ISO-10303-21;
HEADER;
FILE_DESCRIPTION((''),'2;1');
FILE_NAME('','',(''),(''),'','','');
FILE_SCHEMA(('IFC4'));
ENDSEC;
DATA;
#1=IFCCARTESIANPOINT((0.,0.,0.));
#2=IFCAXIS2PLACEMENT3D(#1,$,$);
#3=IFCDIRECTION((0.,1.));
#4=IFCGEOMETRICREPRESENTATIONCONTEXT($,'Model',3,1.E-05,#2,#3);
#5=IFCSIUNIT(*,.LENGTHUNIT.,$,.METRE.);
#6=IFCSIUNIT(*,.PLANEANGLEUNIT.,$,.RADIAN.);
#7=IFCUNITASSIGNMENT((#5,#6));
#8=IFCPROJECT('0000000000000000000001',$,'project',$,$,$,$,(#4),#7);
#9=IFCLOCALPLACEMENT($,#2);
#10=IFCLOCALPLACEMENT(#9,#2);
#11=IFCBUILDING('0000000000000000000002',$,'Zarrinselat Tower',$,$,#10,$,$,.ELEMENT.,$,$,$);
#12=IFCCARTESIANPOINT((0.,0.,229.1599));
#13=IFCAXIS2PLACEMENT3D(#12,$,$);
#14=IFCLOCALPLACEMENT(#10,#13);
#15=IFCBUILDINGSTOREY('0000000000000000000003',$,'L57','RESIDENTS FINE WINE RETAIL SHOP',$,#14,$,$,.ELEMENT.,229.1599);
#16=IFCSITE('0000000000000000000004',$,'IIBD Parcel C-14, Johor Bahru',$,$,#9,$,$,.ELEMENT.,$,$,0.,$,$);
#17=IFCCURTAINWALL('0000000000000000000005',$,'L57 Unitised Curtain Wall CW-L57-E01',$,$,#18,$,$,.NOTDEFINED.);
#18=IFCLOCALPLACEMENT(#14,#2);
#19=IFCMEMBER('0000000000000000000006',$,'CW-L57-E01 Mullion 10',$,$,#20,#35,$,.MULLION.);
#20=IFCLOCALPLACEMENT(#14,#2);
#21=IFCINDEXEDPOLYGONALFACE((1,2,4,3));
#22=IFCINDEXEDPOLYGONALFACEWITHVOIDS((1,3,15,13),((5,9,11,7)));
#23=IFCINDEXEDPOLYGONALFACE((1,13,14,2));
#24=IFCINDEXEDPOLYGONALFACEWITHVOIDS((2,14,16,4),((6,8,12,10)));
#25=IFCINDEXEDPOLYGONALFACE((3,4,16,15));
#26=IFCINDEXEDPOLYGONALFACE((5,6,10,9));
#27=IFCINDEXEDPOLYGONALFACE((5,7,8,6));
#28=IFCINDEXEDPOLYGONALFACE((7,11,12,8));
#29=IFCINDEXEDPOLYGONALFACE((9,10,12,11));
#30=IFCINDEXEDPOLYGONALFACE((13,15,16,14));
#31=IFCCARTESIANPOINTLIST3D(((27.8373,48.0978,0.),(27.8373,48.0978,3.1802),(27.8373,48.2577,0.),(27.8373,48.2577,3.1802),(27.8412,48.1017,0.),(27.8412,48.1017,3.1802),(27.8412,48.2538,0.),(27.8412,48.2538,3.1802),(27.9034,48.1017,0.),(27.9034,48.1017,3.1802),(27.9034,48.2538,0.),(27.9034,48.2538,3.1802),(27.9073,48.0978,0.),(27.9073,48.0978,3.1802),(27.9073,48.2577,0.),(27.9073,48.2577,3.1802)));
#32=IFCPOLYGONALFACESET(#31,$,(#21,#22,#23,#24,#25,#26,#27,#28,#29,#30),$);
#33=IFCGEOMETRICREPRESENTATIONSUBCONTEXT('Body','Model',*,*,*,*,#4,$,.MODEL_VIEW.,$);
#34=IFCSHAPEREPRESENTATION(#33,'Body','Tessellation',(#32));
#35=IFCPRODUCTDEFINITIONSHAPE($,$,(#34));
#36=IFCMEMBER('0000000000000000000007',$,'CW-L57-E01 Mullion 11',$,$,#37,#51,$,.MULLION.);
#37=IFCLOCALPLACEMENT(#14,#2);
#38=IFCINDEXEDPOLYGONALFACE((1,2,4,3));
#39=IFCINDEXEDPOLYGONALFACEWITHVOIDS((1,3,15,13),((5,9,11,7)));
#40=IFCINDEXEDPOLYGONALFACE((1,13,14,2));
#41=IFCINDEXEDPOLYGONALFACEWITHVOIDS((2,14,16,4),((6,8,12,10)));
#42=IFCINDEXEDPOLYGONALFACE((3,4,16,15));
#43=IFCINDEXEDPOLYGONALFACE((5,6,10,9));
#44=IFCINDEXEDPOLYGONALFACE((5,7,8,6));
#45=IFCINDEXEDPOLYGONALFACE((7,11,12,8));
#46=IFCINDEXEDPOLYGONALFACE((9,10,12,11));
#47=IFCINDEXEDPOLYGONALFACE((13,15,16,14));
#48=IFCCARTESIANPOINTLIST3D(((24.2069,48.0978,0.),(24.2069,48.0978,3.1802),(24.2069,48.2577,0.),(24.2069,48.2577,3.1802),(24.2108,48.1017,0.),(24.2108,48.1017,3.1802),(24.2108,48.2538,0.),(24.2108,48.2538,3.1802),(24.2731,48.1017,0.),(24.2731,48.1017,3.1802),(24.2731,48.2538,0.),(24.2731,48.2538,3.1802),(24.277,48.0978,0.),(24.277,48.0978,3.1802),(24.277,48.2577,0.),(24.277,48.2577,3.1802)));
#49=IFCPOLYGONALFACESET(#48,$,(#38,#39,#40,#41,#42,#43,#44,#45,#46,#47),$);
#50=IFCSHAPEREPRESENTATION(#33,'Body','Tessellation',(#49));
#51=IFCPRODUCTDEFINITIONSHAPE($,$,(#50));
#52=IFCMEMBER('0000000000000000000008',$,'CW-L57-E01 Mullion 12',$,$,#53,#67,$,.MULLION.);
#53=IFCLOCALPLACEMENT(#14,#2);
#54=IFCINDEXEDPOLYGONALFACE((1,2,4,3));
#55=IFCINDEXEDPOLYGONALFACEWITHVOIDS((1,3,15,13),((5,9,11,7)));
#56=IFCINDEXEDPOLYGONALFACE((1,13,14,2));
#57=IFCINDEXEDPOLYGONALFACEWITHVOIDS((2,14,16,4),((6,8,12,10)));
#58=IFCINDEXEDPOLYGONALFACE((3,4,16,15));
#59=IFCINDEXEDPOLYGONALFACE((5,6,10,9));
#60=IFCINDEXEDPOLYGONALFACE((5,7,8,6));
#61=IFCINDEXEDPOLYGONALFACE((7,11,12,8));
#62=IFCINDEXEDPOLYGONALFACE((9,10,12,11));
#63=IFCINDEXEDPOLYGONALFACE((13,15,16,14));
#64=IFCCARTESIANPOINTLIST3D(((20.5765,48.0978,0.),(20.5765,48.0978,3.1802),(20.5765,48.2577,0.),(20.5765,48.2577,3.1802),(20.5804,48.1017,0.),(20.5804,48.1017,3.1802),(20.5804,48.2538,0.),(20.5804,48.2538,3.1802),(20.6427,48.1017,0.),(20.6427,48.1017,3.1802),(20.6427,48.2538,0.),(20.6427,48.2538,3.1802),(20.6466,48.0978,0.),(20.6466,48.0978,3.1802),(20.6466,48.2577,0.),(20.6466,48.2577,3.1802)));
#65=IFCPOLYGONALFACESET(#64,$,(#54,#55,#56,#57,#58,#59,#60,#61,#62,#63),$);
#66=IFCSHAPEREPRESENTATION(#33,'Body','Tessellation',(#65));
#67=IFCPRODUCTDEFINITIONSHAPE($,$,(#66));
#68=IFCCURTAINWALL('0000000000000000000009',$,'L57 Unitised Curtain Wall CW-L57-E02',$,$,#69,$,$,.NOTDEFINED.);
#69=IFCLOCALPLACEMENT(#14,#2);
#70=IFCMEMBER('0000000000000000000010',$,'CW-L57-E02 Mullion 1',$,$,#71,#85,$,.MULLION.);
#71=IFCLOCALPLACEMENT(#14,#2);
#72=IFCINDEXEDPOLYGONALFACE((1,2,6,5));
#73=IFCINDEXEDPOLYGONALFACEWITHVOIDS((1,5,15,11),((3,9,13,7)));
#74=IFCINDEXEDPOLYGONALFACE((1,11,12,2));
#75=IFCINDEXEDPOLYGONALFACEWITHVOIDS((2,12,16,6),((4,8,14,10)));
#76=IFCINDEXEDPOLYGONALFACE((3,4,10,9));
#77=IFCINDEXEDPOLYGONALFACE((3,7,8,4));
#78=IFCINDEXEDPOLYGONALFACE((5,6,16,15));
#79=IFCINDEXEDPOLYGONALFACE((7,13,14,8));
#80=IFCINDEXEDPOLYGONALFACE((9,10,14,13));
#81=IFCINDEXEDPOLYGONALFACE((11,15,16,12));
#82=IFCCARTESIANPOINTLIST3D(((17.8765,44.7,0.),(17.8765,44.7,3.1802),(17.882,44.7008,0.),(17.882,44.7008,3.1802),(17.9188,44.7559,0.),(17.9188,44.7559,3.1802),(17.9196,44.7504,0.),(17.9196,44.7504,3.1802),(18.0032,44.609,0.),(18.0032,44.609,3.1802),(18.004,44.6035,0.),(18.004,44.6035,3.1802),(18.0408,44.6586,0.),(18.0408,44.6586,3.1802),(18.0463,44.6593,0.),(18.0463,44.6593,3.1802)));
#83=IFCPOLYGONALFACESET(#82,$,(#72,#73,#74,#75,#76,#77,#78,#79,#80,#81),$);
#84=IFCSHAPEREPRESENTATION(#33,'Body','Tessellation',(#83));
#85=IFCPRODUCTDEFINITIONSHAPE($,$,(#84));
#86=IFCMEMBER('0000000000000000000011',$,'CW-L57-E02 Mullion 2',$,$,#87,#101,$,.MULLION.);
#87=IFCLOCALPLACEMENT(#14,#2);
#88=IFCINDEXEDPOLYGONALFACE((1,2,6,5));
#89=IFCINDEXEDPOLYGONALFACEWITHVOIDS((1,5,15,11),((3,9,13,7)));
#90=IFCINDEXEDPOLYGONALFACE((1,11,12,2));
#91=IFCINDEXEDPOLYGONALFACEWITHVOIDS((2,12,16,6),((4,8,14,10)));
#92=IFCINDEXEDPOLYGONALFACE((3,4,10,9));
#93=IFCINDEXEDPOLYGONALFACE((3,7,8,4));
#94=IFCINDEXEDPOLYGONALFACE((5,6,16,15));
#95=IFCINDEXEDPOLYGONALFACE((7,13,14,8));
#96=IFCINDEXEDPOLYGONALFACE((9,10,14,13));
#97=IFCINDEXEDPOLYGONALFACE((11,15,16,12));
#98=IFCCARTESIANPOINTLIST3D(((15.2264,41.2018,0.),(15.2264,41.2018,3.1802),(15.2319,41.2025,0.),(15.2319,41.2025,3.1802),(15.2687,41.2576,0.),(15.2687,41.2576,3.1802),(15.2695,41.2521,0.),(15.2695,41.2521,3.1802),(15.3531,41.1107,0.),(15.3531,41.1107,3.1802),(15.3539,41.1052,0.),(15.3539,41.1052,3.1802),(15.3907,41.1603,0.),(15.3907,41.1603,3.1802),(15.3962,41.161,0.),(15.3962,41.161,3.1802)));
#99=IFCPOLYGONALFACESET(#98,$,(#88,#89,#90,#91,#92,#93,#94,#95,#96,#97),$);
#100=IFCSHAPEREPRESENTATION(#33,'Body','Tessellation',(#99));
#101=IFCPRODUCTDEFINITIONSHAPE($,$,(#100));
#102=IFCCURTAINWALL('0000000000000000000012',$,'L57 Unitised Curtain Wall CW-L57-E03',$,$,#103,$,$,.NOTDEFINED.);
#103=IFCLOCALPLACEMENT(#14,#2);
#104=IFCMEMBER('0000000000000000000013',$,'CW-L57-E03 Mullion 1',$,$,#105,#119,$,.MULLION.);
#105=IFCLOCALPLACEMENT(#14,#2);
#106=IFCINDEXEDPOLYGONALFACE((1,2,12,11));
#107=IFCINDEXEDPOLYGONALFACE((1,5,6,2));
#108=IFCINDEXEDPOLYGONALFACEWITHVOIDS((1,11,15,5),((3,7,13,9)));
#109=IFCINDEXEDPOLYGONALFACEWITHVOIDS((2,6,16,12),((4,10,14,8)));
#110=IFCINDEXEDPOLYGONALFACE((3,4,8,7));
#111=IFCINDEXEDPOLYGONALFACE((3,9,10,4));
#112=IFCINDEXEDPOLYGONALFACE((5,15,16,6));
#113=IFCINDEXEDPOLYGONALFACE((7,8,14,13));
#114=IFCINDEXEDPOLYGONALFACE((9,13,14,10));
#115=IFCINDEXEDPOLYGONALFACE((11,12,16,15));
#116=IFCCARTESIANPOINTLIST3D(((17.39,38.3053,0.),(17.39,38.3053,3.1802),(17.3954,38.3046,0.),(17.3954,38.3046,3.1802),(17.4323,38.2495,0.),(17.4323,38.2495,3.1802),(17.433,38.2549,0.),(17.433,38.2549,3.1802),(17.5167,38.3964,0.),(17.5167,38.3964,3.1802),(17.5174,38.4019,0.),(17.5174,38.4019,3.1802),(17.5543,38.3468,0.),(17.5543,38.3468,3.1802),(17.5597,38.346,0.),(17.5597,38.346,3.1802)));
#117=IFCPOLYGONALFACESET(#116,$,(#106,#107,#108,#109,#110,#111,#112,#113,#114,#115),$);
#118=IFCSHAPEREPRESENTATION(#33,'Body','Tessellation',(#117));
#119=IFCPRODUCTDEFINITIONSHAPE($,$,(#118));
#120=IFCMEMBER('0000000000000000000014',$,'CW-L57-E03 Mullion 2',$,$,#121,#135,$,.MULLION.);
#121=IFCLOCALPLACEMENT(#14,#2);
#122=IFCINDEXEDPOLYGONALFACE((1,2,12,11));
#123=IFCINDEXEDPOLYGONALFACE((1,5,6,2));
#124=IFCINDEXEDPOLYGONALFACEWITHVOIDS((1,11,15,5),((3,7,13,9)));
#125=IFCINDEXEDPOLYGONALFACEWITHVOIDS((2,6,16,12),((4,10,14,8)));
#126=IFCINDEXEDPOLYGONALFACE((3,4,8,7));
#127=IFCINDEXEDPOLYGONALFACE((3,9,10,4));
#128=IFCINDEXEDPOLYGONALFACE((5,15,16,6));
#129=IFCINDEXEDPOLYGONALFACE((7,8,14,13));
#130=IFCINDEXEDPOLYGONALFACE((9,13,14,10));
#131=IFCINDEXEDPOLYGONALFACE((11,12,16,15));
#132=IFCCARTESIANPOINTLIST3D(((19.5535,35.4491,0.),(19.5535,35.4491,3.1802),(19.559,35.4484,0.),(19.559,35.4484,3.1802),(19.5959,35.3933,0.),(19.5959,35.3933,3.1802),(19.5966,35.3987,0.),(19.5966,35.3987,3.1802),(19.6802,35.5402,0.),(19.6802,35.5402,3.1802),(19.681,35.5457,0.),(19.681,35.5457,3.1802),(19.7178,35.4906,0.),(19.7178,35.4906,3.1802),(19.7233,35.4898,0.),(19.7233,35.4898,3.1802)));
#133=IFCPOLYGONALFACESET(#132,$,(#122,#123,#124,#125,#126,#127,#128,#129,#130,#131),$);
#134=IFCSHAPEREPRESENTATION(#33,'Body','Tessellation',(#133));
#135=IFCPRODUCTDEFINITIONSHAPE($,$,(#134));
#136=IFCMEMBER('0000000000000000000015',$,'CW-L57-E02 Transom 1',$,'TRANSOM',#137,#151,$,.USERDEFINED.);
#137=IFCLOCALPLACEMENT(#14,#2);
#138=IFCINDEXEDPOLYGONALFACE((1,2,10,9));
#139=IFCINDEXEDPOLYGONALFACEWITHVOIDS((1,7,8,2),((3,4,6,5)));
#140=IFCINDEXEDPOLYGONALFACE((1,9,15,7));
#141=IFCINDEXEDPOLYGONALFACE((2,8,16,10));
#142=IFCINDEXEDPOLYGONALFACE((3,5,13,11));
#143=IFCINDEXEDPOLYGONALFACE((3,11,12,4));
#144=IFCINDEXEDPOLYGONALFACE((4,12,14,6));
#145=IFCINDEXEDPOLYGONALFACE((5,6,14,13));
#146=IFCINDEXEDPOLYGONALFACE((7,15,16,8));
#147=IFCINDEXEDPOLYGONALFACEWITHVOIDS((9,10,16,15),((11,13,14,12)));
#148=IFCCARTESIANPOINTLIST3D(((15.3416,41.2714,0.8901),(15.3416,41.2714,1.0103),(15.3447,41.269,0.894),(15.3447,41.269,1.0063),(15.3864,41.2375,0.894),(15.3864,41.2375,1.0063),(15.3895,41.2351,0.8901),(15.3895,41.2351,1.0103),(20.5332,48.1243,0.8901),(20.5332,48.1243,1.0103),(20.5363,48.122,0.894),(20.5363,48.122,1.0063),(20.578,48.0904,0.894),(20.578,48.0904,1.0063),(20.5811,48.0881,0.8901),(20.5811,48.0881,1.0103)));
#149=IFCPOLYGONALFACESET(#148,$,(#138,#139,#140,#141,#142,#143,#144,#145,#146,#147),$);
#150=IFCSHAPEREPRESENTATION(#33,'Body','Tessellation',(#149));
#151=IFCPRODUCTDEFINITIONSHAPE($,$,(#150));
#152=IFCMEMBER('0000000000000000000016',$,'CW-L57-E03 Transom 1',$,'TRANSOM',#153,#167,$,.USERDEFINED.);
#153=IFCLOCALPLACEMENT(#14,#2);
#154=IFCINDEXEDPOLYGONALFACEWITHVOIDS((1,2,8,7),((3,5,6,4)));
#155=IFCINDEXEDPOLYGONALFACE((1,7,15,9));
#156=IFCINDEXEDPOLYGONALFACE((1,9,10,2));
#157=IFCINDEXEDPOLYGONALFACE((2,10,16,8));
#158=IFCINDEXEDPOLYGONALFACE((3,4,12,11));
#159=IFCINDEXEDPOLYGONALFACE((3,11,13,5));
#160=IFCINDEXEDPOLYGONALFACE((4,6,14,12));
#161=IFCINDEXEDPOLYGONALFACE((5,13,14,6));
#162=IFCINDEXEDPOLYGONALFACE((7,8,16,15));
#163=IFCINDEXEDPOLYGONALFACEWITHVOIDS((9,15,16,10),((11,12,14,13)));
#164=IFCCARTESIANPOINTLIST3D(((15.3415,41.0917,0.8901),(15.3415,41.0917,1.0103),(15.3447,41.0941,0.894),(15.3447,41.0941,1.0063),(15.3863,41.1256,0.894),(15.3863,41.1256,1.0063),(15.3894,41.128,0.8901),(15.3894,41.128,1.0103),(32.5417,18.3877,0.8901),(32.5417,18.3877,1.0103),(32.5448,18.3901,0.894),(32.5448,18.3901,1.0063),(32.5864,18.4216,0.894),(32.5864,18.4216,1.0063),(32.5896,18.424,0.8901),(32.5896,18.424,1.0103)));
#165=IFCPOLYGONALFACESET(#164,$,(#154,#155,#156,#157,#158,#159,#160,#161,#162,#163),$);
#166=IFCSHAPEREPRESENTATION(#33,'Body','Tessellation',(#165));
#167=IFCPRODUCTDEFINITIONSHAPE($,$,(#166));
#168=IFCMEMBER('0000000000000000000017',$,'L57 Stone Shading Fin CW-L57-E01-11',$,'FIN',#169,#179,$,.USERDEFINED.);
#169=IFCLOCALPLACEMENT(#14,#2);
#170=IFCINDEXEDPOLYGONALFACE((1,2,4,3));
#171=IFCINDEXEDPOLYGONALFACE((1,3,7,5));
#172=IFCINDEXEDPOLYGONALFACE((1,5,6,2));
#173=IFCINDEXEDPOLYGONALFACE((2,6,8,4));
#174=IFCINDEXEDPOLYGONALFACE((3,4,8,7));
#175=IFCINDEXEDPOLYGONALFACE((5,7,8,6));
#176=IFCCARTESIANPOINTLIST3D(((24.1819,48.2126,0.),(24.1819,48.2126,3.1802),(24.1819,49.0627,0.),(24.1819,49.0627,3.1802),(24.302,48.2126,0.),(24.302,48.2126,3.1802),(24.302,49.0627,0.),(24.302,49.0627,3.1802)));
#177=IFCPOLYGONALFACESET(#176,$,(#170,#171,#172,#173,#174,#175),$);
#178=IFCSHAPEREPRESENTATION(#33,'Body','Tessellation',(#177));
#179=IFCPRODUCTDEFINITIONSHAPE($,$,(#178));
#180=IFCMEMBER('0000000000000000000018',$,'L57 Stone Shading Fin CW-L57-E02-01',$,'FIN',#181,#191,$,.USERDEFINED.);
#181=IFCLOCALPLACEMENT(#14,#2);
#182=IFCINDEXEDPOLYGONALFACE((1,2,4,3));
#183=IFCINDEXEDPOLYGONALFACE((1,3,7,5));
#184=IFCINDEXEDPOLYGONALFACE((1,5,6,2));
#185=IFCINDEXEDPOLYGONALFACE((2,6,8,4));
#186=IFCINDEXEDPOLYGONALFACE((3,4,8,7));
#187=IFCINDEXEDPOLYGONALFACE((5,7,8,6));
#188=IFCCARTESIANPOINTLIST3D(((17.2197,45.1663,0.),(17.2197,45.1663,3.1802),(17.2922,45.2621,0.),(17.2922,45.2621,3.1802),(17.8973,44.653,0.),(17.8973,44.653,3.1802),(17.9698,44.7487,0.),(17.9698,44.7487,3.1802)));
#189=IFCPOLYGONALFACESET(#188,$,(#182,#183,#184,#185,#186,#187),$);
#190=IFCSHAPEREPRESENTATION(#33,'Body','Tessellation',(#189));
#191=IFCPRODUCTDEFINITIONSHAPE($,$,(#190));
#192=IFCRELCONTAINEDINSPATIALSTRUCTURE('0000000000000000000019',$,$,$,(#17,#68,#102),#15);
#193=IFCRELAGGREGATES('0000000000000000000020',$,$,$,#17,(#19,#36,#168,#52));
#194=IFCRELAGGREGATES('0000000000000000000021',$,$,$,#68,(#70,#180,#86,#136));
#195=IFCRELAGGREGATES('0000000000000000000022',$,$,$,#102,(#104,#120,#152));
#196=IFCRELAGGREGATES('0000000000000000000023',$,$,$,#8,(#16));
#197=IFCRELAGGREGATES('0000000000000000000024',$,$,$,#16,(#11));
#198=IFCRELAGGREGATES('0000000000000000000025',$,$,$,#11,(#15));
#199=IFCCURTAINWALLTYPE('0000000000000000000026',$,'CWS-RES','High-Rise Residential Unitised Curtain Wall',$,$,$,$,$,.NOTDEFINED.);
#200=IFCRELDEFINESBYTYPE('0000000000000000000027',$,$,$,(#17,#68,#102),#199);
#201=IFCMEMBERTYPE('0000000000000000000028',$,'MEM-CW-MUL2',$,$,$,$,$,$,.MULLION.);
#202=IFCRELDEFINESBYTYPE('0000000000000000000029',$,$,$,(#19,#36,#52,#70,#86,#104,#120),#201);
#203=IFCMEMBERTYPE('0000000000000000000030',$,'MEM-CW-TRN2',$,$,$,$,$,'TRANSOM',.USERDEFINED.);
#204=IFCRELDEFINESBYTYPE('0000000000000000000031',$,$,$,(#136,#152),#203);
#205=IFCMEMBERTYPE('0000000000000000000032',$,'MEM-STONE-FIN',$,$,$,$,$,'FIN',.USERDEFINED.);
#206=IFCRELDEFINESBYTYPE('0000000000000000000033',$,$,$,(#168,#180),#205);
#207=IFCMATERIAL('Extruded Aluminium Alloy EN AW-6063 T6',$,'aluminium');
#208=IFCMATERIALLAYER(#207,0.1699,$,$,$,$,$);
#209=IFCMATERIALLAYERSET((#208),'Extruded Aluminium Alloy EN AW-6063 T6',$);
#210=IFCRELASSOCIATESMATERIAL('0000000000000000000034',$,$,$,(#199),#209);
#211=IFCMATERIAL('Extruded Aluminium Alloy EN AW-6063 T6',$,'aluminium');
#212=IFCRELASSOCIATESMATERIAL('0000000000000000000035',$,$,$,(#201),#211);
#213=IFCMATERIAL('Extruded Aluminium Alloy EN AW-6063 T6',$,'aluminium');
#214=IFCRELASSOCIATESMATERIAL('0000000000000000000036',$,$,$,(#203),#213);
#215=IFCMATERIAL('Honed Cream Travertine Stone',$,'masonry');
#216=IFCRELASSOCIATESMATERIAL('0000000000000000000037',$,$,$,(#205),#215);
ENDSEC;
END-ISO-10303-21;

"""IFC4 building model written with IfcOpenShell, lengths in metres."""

from ifc_helpers import new_model, si_unit, direction, frame, origin, origin_2d, place, context, subcontext, project, spatial, rectangle, hollow_rectangle, extrude, material, layer, layer_set, material_profile, profile_set, type_object, element, aggregate, save


model = new_model("IFC4")

# Units and contexts
model_context = context("Model", 3, precision=1e-05, world=origin(), true_north=direction((0.0, 1.0)))
body_context = subcontext(model_context, "Body", "Model", "MODEL_VIEW")
ifc_project = project(units=[si_unit("LENGTHUNIT", "METRE"), si_unit("PLANEANGLEUNIT", "RADIAN")], contexts=[model_context])

# Site, building, storey
site_placement = place(None, origin())
site = spatial("IfcSite", under=ifc_project, at=site_placement, Name="IIBD Parcel C-14, Johor Bahru", CompositionType="ELEMENT", RefElevation=0.0)
building_placement = place(site_placement, origin())
building = spatial("IfcBuilding", under=site, at=building_placement, Name="Zarrinselat Tower", CompositionType="ELEMENT")
storey_placement = place(building_placement, frame((0.0, 0.0, 229.1599)))
storey = spatial("IfcBuildingStorey", under=building, at=storey_placement, Name="L57", Description="RESIDENTS FINE WINE RETAIL SHOP", CompositionType="ELEMENT", Elevation=229.1599)

# Curtain walls, members
ifc_material_1 = material(Name="Extruded Aluminium Alloy EN AW-6063 T6", Category="aluminium")
ifc_layer_1 = layer(ifc_material_1, 0.1699)
ifc_layer_set_1 = layer_set([ifc_layer_1], Name="Extruded Aluminium Alloy EN AW-6063 T6")
curtain_wall_type = type_object("IfcCurtainWallType", Name="CWS-RES", Description="High-Rise Residential Unitised Curtain Wall", PredefinedType="NOTDEFINED", material=ifc_layer_set_1)
curtain_wall_1_placement = place(storey_placement, origin())
curtain_wall_1 = element("IfcCurtainWall", 1, at=curtain_wall_1_placement, inside=storey, type_object=curtain_wall_type, Name="L57 Unitised Curtain Wall CW-L57-E01", PredefinedType="NOTDEFINED")
ifc_material_2 = material(Name="Extruded Aluminium Alloy EN AW-6063 T6", Category="aluminium")
ifc_material_profile_1 = material_profile(ifc_material_2, hollow_rectangle(XDim=0.0701, YDim=0.1599, WallThickness=0.0039, at=origin_2d()), Name="RHS 160x70x4")
ifc_profile_set_1 = profile_set([ifc_material_profile_1], Name="Extruded Aluminium Alloy EN AW-6063 T6")
member_type_1 = type_object("IfcMemberType", Name="MEM-CW-MUL2", PredefinedType="MULLION", material=ifc_profile_set_1)
member_1_placement = place(storey_placement, frame((27.8723, 48.1777, 0.0), z_axis=(0.0, 0.0, 1.0), x_axis=(-1.0, 0.0, 0.0)))
member_1 = element("IfcMember", 2, at=member_1_placement, type_object=member_type_1, Name="CW-L57-E01 Mullion 10", PredefinedType="MULLION", context=body_context, shape_type="SweptSolid", body=[
    extrude(hollow_rectangle(XDim=0.0701, YDim=0.1599, WallThickness=0.0039, at=origin_2d()), origin(), (0.0, 0.0, 1.0), 3.1802),
])
member_2_placement = place(storey_placement, frame((24.2419, 48.1777, 0.0), z_axis=(0.0, 0.0, 1.0), x_axis=(-1.0, 0.0, 0.0)))
member_2 = element("IfcMember", 3, at=member_2_placement, type_object=member_type_1, Name="CW-L57-E01 Mullion 11", PredefinedType="MULLION", context=body_context, shape_type="SweptSolid", body=[
    extrude(hollow_rectangle(XDim=0.0701, YDim=0.1599, WallThickness=0.0039, at=origin_2d()), origin(), (0.0, 0.0, 1.0), 3.1802),
])
member_3_placement = place(storey_placement, frame((20.6116, 48.1777, 0.0), z_axis=(0.0, 0.0, 1.0), x_axis=(-1.0, 0.0, 0.0)))
member_3 = element("IfcMember", 4, at=member_3_placement, type_object=member_type_1, Name="CW-L57-E01 Mullion 12", PredefinedType="MULLION", context=body_context, shape_type="SweptSolid", body=[
    extrude(hollow_rectangle(XDim=0.0701, YDim=0.1599, WallThickness=0.0039, at=origin_2d()), origin(), (0.0, 0.0, 1.0), 3.1802),
])
curtain_wall_2_placement = place(storey_placement, origin())
curtain_wall_2 = element("IfcCurtainWall", 5, at=curtain_wall_2_placement, inside=storey, type_object=curtain_wall_type, Name="L57 Unitised Curtain Wall CW-L57-E02", PredefinedType="NOTDEFINED")
member_4_placement = place(storey_placement, frame((17.9614, 44.6797, 0.0), z_axis=(0.0, 0.0, 1.0), x_axis=(-0.603856, -0.797094, 0.0)))
member_4 = element("IfcMember", 6, at=member_4_placement, type_object=member_type_1, Name="CW-L57-E02 Mullion 1", PredefinedType="MULLION", context=body_context, shape_type="SweptSolid", body=[
    extrude(hollow_rectangle(XDim=0.0701, YDim=0.1599, WallThickness=0.0039, at=origin_2d()), origin(), (0.0, 0.0, 1.0), 3.1802),
])
member_5_placement = place(storey_placement, frame((15.3113, 41.1814, 0.0), z_axis=(0.0, 0.0, 1.0), x_axis=(-0.603856, -0.797094, 0.0)))
member_5 = element("IfcMember", 7, at=member_5_placement, type_object=member_type_1, Name="CW-L57-E02 Mullion 2", PredefinedType="MULLION", context=body_context, shape_type="SweptSolid", body=[
    extrude(hollow_rectangle(XDim=0.0701, YDim=0.1599, WallThickness=0.0039, at=origin_2d()), origin(), (0.0, 0.0, 1.0), 3.1802),
])
curtain_wall_3_placement = place(storey_placement, origin())
curtain_wall_3 = element("IfcCurtainWall", 8, at=curtain_wall_3_placement, inside=storey, type_object=curtain_wall_type, Name="L57 Unitised Curtain Wall CW-L57-E03", PredefinedType="NOTDEFINED")
member_6_placement = place(storey_placement, frame((17.4749, 38.3257, 0.0), z_axis=(0.0, 0.0, 1.0), x_axis=(0.603857, -0.797092, 0.0)))
member_6 = element("IfcMember", 9, at=member_6_placement, type_object=member_type_1, Name="CW-L57-E03 Mullion 1", PredefinedType="MULLION", context=body_context, shape_type="SweptSolid", body=[
    extrude(hollow_rectangle(XDim=0.0701, YDim=0.1599, WallThickness=0.0039, at=origin_2d()), origin(), (0.0, 0.0, 1.0), 3.1802),
])
member_7_placement = place(storey_placement, frame((19.6384, 35.4695, 0.0), z_axis=(0.0, 0.0, 1.0), x_axis=(0.603857, -0.797092, 0.0)))
member_7 = element("IfcMember", 10, at=member_7_placement, type_object=member_type_1, Name="CW-L57-E03 Mullion 2", PredefinedType="MULLION", context=body_context, shape_type="SweptSolid", body=[
    extrude(hollow_rectangle(XDim=0.0701, YDim=0.1599, WallThickness=0.0039, at=origin_2d()), origin(), (0.0, 0.0, 1.0), 3.1802),
])

# Members
ifc_material_3 = material(Name="Extruded Aluminium Alloy EN AW-6063 T6", Category="aluminium")
ifc_material_profile_2 = material_profile(ifc_material_3, hollow_rectangle(XDim=0.0601, YDim=0.1201, WallThickness=0.0039, at=origin_2d()), Name="RHS 120x60x4")
ifc_profile_set_2 = profile_set([ifc_material_profile_2], Name="Extruded Aluminium Alloy EN AW-6063 T6")
member_type_2 = type_object("IfcMemberType", Name="MEM-CW-TRN2", ElementType="TRANSOM", PredefinedType="USERDEFINED", material=ifc_profile_set_2)
member_8_placement = place(storey_placement, frame((20.5571, 48.1062, 0.9502), z_axis=(-0.603855, -0.797094, 0.0), x_axis=(0.797094, -0.603855, 0.0)))
member_8 = element("IfcMember", 11, at=member_8_placement, type_object=member_type_2, Name="CW-L57-E02 Transom 1", ObjectType="TRANSOM", PredefinedType="USERDEFINED", context=body_context, shape_type="SweptSolid", body=[
    extrude(hollow_rectangle(XDim=0.0601, YDim=0.1201, WallThickness=0.0039, at=origin_2d()), origin(), (0.0, 0.0, 1.0), 8.5974),
])
member_9_placement = place(storey_placement, frame((15.3655, 41.1099, 0.9502), z_axis=(0.60386, -0.79709, 0.0), x_axis=(0.79709, 0.60386, 0.0)))
member_9 = element("IfcMember", 12, at=member_9_placement, type_object=member_type_2, Name="CW-L57-E03 Transom 1", ObjectType="TRANSOM", PredefinedType="USERDEFINED", context=body_context, shape_type="SweptSolid", body=[
    extrude(hollow_rectangle(XDim=0.0601, YDim=0.1201, WallThickness=0.0039, at=origin_2d()), origin(), (0.0, 0.0, 1.0), 28.4836),
])
ifc_material_4 = material(Name="Honed Cream Travertine Stone", Category="masonry")
ifc_material_profile_3 = material_profile(ifc_material_4, rectangle(XDim=0.1201, YDim=0.8501, at=origin_2d()), Name="FIN 850x120")
ifc_profile_set_3 = profile_set([ifc_material_profile_3], Name="Honed Cream Travertine Stone")
member_type_3 = type_object("IfcMemberType", Name="MEM-STONE-FIN", ElementType="FIN", PredefinedType="USERDEFINED", material=ifc_profile_set_3)
member_10_placement = place(storey_placement, frame((24.2419, 48.6377, 0.0), z_axis=(0.0, 0.0, 1.0), x_axis=(1.0, 0.0, 0.0)))
member_10 = element("IfcMember", 13, at=member_10_placement, type_object=member_type_3, Name="L57 Stone Shading Fin CW-L57-E01-11", ObjectType="FIN", PredefinedType="USERDEFINED", context=body_context, shape_type="SweptSolid", body=[
    extrude(rectangle(XDim=0.1201, YDim=0.8501, at=origin_2d()), origin(), (0.0, 0.0, 1.0), 3.1802),
])
member_11_placement = place(storey_placement, frame((17.5947, 44.9575, 0.0), z_axis=(0.0, 0.0, 1.0), x_axis=(0.603856, 0.797094, 0.0)))
member_11 = element("IfcMember", 14, at=member_11_placement, type_object=member_type_3, Name="L57 Stone Shading Fin CW-L57-E02-01", ObjectType="FIN", PredefinedType="USERDEFINED", context=body_context, shape_type="SweptSolid", body=[
    extrude(rectangle(XDim=0.1201, YDim=0.8501, at=origin_2d()), origin(), (0.0, 0.0, 1.0), 3.1802),
])

aggregate(curtain_wall_1, [member_1, member_2, member_10, member_3])
aggregate(curtain_wall_2, [member_4, member_11, member_5, member_8])
aggregate(curtain_wall_3, [member_6, member_7, member_9])

save(model, "model.ifc")
